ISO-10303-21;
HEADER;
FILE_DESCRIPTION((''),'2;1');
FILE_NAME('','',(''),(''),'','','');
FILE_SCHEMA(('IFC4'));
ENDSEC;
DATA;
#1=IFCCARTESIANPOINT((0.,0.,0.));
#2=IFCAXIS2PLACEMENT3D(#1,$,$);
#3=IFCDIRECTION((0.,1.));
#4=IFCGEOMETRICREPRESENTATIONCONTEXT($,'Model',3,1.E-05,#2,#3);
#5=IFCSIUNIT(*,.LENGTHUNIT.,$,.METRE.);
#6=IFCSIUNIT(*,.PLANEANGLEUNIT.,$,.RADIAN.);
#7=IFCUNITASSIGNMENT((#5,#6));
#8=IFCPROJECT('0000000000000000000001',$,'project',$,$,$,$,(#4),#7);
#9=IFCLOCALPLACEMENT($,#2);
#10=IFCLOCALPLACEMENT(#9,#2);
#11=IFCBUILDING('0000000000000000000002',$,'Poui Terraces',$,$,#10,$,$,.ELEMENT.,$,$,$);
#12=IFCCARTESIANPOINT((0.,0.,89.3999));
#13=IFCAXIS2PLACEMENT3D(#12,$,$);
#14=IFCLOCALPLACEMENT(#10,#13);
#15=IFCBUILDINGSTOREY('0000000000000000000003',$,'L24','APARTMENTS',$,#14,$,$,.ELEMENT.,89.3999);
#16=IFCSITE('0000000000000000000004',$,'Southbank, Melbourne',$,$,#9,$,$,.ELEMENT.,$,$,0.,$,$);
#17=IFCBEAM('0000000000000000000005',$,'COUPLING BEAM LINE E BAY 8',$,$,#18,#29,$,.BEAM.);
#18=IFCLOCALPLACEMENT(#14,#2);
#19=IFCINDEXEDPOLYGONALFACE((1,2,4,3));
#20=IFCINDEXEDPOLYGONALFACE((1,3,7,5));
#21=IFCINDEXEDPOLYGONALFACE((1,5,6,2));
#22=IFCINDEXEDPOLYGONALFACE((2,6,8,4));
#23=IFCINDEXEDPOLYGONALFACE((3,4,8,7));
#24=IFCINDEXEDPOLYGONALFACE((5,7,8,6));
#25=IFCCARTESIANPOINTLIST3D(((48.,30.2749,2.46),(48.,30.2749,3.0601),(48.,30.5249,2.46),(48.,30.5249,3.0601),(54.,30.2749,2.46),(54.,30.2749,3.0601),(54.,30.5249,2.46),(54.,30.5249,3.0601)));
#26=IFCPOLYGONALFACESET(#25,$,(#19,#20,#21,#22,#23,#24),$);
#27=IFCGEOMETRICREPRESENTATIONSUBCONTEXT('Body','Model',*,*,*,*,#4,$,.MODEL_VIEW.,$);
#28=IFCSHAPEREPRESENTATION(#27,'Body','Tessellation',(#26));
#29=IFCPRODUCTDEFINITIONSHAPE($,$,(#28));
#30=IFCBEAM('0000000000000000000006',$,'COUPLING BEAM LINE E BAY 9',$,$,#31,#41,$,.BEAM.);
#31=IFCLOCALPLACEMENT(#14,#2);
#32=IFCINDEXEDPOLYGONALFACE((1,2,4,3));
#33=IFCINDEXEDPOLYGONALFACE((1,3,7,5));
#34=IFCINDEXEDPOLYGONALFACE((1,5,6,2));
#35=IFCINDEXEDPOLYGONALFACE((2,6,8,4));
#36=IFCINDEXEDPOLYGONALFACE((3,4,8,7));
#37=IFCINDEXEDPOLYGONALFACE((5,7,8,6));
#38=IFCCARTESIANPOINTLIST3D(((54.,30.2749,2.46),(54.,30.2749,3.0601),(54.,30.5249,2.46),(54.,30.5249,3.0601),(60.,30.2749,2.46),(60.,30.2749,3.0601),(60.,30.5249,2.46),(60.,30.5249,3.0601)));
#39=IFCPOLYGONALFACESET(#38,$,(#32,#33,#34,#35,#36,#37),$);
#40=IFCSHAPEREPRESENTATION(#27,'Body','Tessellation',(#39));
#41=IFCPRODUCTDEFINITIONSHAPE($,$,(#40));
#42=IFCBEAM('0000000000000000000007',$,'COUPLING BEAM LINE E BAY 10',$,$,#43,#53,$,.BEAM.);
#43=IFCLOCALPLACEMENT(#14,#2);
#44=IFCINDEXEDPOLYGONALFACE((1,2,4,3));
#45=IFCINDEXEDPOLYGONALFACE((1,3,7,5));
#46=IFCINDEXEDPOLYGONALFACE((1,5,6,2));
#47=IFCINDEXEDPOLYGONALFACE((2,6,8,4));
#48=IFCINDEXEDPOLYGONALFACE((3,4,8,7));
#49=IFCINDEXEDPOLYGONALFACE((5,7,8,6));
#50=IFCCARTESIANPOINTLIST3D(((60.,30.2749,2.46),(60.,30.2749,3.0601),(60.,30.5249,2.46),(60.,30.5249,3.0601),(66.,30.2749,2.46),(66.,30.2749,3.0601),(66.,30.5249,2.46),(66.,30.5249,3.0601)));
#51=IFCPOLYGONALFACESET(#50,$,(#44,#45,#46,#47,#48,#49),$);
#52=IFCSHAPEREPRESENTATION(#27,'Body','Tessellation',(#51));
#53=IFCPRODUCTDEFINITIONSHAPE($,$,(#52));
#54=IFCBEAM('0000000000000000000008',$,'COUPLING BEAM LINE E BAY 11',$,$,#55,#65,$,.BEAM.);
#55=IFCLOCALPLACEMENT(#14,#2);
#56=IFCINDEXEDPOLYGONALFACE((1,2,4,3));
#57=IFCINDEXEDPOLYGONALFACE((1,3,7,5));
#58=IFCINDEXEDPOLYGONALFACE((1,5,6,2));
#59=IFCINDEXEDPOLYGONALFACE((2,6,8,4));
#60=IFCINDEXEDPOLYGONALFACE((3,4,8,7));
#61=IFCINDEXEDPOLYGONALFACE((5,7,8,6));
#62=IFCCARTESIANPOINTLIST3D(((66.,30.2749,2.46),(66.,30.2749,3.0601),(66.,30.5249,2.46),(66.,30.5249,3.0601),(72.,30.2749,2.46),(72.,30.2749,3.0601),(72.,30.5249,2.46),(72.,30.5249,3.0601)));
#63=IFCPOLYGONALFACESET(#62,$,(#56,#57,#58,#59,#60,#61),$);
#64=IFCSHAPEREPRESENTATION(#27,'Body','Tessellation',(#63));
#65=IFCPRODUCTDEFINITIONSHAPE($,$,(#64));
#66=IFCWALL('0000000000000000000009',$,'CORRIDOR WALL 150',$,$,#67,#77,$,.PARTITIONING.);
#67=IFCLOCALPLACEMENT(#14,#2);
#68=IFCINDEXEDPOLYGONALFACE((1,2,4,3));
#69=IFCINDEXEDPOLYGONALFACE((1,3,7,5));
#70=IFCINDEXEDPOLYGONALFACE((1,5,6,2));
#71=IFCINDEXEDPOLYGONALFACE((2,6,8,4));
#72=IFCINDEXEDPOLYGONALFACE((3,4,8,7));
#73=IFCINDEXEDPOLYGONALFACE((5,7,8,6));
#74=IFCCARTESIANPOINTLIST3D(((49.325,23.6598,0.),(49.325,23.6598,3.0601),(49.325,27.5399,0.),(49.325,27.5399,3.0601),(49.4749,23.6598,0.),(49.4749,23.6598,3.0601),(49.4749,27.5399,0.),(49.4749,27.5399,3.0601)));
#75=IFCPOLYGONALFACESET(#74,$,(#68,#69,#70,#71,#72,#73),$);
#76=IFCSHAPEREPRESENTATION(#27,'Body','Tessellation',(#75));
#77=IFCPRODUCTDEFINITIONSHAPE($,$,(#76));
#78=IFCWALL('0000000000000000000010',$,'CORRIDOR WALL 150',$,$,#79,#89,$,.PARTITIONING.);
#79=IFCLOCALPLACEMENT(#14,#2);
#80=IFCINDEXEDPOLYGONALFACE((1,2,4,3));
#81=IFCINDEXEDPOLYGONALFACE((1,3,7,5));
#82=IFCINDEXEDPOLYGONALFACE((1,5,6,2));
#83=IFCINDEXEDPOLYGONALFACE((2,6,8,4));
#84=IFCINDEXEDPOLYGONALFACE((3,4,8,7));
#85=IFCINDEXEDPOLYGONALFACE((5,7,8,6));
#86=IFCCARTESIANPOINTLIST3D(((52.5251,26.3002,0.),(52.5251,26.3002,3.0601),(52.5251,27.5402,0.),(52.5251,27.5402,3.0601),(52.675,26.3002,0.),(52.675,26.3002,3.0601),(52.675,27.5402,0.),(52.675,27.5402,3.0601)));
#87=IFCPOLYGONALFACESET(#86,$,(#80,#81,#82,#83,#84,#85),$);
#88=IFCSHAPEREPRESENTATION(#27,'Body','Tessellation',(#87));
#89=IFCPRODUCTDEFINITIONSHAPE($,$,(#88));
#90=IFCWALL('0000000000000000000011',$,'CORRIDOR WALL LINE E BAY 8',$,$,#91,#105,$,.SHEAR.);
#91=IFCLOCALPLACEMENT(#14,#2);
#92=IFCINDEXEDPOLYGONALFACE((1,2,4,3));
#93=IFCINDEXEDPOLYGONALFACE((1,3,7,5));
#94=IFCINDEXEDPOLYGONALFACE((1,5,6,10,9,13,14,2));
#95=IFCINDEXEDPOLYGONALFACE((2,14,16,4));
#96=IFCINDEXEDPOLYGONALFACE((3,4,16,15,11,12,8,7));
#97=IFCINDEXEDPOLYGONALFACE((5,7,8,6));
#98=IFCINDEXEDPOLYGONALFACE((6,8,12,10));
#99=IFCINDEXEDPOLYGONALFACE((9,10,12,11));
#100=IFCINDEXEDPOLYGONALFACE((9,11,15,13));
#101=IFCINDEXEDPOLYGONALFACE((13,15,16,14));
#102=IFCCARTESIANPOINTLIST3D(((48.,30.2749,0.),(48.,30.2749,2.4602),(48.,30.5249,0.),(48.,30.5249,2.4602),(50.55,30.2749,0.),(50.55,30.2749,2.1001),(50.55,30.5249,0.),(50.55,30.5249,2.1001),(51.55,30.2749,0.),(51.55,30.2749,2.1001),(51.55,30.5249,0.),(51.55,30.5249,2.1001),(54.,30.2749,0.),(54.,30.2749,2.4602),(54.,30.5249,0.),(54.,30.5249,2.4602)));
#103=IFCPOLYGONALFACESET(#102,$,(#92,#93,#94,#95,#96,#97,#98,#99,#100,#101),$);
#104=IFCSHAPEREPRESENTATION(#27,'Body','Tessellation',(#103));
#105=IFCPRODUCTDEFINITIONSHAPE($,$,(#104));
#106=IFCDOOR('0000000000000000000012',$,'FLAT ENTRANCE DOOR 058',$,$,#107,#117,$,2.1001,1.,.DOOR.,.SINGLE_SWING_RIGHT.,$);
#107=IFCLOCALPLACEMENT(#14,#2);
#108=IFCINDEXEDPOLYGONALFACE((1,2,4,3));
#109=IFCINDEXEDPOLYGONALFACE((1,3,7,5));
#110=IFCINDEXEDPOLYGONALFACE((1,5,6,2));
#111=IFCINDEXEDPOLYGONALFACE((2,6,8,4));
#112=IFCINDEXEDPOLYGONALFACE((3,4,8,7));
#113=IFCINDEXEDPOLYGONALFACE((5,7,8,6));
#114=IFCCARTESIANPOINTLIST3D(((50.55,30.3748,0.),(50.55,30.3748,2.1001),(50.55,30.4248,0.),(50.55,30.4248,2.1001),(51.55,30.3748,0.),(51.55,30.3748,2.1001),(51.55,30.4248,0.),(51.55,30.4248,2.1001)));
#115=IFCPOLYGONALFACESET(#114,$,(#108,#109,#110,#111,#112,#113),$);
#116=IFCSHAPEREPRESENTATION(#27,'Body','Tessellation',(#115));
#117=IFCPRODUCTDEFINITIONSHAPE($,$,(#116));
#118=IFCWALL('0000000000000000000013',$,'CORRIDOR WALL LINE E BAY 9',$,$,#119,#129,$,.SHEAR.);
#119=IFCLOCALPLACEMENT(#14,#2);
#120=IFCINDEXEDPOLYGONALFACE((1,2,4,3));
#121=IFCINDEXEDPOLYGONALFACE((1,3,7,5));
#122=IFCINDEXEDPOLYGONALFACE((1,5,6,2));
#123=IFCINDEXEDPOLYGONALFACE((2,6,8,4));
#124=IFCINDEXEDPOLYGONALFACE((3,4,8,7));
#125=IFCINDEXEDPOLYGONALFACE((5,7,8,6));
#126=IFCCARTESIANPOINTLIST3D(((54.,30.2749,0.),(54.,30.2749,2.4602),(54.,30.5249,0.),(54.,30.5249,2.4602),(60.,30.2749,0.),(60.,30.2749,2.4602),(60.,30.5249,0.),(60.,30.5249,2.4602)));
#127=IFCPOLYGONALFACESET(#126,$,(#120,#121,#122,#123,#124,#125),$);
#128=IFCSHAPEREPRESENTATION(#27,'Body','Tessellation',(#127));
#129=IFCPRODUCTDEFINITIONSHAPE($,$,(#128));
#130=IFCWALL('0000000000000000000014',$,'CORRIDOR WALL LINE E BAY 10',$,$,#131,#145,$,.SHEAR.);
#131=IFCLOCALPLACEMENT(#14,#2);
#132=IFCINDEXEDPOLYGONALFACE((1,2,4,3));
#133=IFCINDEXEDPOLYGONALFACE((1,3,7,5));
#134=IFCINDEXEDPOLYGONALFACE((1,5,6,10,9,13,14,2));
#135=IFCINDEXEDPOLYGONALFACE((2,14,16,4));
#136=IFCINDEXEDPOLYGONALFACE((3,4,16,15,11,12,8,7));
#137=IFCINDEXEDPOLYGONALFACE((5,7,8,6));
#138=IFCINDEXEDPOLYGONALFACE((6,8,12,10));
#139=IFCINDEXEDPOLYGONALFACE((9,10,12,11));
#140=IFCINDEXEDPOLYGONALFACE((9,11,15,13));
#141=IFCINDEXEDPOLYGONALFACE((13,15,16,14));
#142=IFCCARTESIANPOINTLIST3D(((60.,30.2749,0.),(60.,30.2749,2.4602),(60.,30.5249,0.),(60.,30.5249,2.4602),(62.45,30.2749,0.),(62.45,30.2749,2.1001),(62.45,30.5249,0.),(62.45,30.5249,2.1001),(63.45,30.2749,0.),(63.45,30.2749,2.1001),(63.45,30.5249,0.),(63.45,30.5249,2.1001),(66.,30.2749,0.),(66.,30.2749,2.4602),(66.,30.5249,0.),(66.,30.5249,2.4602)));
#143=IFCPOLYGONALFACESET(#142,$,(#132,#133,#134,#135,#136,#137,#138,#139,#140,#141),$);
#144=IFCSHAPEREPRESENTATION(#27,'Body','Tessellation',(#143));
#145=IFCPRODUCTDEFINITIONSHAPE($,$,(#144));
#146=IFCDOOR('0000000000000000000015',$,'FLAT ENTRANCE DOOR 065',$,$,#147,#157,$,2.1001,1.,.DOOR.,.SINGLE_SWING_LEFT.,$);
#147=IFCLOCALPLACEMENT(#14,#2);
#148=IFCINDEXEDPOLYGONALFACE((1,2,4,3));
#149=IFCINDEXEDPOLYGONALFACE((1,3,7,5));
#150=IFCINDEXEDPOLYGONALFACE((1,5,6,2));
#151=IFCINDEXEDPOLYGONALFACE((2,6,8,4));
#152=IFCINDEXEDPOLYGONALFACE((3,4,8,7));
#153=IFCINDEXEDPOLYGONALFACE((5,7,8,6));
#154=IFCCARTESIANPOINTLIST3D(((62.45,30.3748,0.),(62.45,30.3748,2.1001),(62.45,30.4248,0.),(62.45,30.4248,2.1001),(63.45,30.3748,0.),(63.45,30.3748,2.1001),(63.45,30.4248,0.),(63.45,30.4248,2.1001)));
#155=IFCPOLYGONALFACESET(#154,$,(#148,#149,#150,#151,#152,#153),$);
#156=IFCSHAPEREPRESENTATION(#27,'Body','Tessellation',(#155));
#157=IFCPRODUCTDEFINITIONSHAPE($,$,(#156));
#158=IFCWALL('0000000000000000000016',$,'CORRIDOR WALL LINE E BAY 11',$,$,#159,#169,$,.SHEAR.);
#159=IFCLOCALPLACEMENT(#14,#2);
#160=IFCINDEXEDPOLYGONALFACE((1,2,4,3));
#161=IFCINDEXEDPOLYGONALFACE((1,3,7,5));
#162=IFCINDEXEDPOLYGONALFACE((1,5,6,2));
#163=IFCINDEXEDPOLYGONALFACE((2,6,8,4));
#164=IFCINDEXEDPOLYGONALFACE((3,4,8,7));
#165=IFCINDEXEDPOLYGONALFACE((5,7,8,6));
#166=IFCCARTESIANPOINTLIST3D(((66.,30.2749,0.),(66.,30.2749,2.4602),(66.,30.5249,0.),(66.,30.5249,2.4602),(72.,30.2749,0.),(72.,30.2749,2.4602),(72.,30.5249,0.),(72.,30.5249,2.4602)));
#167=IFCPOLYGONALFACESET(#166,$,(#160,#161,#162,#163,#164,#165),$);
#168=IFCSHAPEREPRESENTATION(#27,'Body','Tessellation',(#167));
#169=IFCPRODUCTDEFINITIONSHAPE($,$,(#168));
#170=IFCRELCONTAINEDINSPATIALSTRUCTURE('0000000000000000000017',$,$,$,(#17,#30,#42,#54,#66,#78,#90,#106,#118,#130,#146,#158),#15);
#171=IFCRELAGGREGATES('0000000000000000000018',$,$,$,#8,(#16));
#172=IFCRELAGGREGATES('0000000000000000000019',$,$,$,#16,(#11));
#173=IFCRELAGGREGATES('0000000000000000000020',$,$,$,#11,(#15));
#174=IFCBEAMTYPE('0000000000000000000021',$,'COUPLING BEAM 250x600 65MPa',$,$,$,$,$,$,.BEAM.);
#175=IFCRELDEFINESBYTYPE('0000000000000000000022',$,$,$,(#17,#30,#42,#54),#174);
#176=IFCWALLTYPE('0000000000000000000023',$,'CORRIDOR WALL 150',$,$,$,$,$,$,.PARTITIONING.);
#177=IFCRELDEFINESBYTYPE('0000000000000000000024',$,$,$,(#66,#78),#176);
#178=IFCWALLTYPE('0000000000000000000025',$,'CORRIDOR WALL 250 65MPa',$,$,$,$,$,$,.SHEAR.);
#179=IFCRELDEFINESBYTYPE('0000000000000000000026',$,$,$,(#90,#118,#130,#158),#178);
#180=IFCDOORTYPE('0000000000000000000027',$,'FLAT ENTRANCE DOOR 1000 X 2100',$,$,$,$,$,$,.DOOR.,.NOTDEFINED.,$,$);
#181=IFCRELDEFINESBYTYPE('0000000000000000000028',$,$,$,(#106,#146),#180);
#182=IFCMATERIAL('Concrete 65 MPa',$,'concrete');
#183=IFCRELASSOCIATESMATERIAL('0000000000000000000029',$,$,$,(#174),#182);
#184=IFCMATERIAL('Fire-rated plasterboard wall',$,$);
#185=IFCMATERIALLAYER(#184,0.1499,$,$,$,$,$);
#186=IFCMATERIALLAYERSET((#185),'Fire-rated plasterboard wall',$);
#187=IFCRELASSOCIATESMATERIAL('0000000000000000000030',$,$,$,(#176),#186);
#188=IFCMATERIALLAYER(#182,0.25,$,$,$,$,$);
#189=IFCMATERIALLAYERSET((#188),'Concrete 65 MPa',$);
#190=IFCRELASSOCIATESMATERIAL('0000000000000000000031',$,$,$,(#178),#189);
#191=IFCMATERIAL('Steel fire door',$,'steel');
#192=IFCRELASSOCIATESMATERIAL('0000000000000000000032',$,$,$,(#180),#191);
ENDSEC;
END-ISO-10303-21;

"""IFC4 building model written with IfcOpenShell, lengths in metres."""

from ifc_helpers import new_model, si_unit, direction, frame, frame_2d, origin, origin_2d, place, context, subcontext, project, spatial, rectangle, extrude, source, transform, mapped, material, layer, layer_set, material_profile, profile_set, type_object, element, fill, save


model = new_model("IFC4")

# Units and contexts
model_context = context("Model", 3, precision=1e-05, world=origin(), true_north=direction((0.0, 1.0)))
body_context = subcontext(model_context, "Body", "Model", "MODEL_VIEW")
ifc_project = project(units=[si_unit("LENGTHUNIT", "METRE"), si_unit("PLANEANGLEUNIT", "RADIAN")], contexts=[model_context])

# Site, building, storey
site_placement = place(None, origin())
site = spatial("IfcSite", under=ifc_project, at=site_placement, Name="Southbank, Melbourne", CompositionType="ELEMENT", RefElevation=0.0)
building_placement = place(site_placement, origin())
building = spatial("IfcBuilding", under=site, at=building_placement, Name="Poui Terraces", CompositionType="ELEMENT")
storey_placement = place(building_placement, frame((0.0, 0.0, 89.3999)))
storey = spatial("IfcBuildingStorey", under=building, at=storey_placement, Name="L24", Description="APARTMENTS", CompositionType="ELEMENT", Elevation=89.3999)

# Beams
ifc_material_1 = material(Name="Concrete 65 MPa", Category="concrete")
ifc_material_profile = material_profile(ifc_material_1, rectangle(XDim=0.25, YDim=0.6001, at=origin_2d()), Name="RC 250x600")
ifc_profile_set = profile_set([ifc_material_profile], Name="Concrete 65 MPa")
beam_type = type_object("IfcBeamType", Name="COUPLING BEAM 250x600 65MPa", PredefinedType="BEAM", material=ifc_profile_set)
shared_shape = source(origin(), body_context, "Body", "SweptSolid", [
    extrude(rectangle(XDim=0.25, YDim=0.6001, at=origin_2d()), origin(), (0.0, 0.0, 1.0), 6.0),
])
for number, where, z_axis, x_axis, name in (
    (1, (48.0, 30.3999, 2.76), (1.0, 0.0, 0.0), (0.0, 1.0, 0.0), "COUPLING BEAM LINE E BAY 8"),
    (2, (54.0, 30.3999, 2.76), (1.0, 0.0, 0.0), (0.0, 1.0, 0.0), "COUPLING BEAM LINE E BAY 9"),
    (3, (60.0, 30.3999, 2.76), (1.0, 0.0, 0.0), (0.0, 1.0, 0.0), "COUPLING BEAM LINE E BAY 10"),
    (4, (66.0, 30.3999, 2.76), (1.0, 0.0, 0.0), (0.0, 1.0, 0.0), "COUPLING BEAM LINE E BAY 11"),
):
    element("IfcBeam", number, at=place(storey_placement, frame(where, z_axis=z_axis, x_axis=x_axis)), inside=storey, type_object=beam_type, Name=name, PredefinedType="BEAM", context=body_context, shape_type="MappedRepresentation", body=[
        mapped(shared_shape, transform((0.0, 0.0, 0.0))),
    ])

# Walls
ifc_material_2 = material(Name="Fire-rated plasterboard wall")
ifc_layer_1 = layer(ifc_material_2, 0.1499)
ifc_layer_set_1 = layer_set([ifc_layer_1], Name="Fire-rated plasterboard wall")
wall_type_1 = type_object("IfcWallType", Name="CORRIDOR WALL 150", PredefinedType="PARTITIONING", material=ifc_layer_set_1)
wall_1_placement = place(storey_placement, frame((49.3999, 23.6599, 0.0), z_axis=(0.0, 0.0, 1.0), x_axis=(0.0, 1.0, 0.0)))
element("IfcWall", 5, at=wall_1_placement, inside=storey, type_object=wall_type_1, Name="CORRIDOR WALL 150", PredefinedType="PARTITIONING", context=body_context, shape_type="SweptSolid", body=[
    extrude(rectangle(XDim=3.8801, YDim=0.1499, at=frame_2d((1.9399, 0.0))), origin(), (0.0, 0.0, 1.0), 3.0601),
])
wall_2_placement = place(storey_placement, frame((52.6001, 26.3, 0.0), z_axis=(0.0, 0.0, 1.0), x_axis=(0.0, 1.0, 0.0)))
element("IfcWall", 6, at=wall_2_placement, inside=storey, type_object=wall_type_1, Name="CORRIDOR WALL 150", PredefinedType="PARTITIONING", context=body_context, shape_type="SweptSolid", body=[
    extrude(rectangle(XDim=1.24, YDim=0.1499, at=frame_2d((0.6201, 0.0))), origin(), (0.0, 0.0, 1.0), 3.0601),
])

# Wall, opening, door
ifc_layer_2 = layer(ifc_material_1, 0.25)
ifc_layer_set_2 = layer_set([ifc_layer_2], Name="Concrete 65 MPa")
wall_type_2 = type_object("IfcWallType", Name="CORRIDOR WALL 250 65MPa", PredefinedType="SHEAR", material=ifc_layer_set_2)
wall_3_placement = place(storey_placement, frame((48.0, 30.3999, 0.0), z_axis=(0.0, 0.0, 1.0), x_axis=(1.0, 0.0, 0.0)))
wall_3 = element("IfcWall", 7, at=wall_3_placement, inside=storey, type_object=wall_type_2, Name="CORRIDOR WALL LINE E BAY 8", PredefinedType="SHEAR", context=body_context, shape_type="SweptSolid", body=[
    extrude(rectangle(XDim=6.0, YDim=0.25, at=frame_2d((3.0, 0.0))), origin(), (0.0, 0.0, 1.0), 2.4602),
])
opening_1_placement = place(wall_3_placement, frame((2.55, 0.0, 0.0)))
opening_1 = element("IfcOpeningElement", 8, at=opening_1_placement, cuts=wall_3, PredefinedType="OPENING", context=body_context, shape_type="SweptSolid", body=[
    extrude(rectangle(XDim=1.0, YDim=2.1001, at=frame_2d((0.5, 1.05))), frame((0.0, 0.135, 0.0), z_axis=(0.0, -1.0, 0.0), x_axis=(1.0, 0.0, 0.0)), (0.0, 0.0, 1.0), 0.27),
])
ifc_material_3 = material(Name="Steel fire door", Category="steel")
door_type_1 = type_object("IfcDoorType", Name="FLAT ENTRANCE DOOR 1000 X 2100", OperationType="NOTDEFINED", PredefinedType="DOOR", material=ifc_material_3)
door_1_placement = place(opening_1_placement, origin())
door_1 = element("IfcDoor", 9, at=door_1_placement, inside=storey, type_object=door_type_1, Name="FLAT ENTRANCE DOOR 058", OperationType="SINGLE_SWING_RIGHT", OverallHeight=2.1001, OverallWidth=1.0, PredefinedType="DOOR", context=body_context, shape_type="SweptSolid", body=[
    extrude(rectangle(XDim=1.0, YDim=2.1001, at=frame_2d((0.5, 1.05))), frame((0.0, 0.0249, 0.0), z_axis=(0.0, -1.0, 0.0), x_axis=(1.0, 0.0, 0.0)), (0.0, 0.0, 1.0), 0.05),
])
fill(opening_1, door_1)

# Wall
wall_4_placement = place(storey_placement, frame((54.0, 30.3999, 0.0), z_axis=(0.0, 0.0, 1.0), x_axis=(1.0, 0.0, 0.0)))
element("IfcWall", 10, at=wall_4_placement, inside=storey, type_object=wall_type_2, Name="CORRIDOR WALL LINE E BAY 9", PredefinedType="SHEAR", context=body_context, shape_type="SweptSolid", body=[
    extrude(rectangle(XDim=6.0, YDim=0.25, at=frame_2d((3.0, 0.0))), origin(), (0.0, 0.0, 1.0), 2.4602),
])

# Wall, opening, door
wall_5_placement = place(storey_placement, frame((60.0, 30.3999, 0.0), z_axis=(0.0, 0.0, 1.0), x_axis=(1.0, 0.0, 0.0)))
wall_5 = element("IfcWall", 11, at=wall_5_placement, inside=storey, type_object=wall_type_2, Name="CORRIDOR WALL LINE E BAY 10", PredefinedType="SHEAR", context=body_context, shape_type="SweptSolid", body=[
    extrude(rectangle(XDim=6.0, YDim=0.25, at=frame_2d((3.0, 0.0))), origin(), (0.0, 0.0, 1.0), 2.4602),
])
opening_2_placement = place(wall_5_placement, frame((2.45, 0.0, 0.0)))
opening_2 = element("IfcOpeningElement", 12, at=opening_2_placement, cuts=wall_5, PredefinedType="OPENING", context=body_context, shape_type="SweptSolid", body=[
    extrude(rectangle(XDim=1.0, YDim=2.1001, at=frame_2d((0.5, 1.05))), frame((0.0, 0.135, 0.0), z_axis=(0.0, -1.0, 0.0), x_axis=(1.0, 0.0, 0.0)), (0.0, 0.0, 1.0), 0.27),
])
door_2_placement = place(opening_2_placement, origin())
door_2 = element("IfcDoor", 13, at=door_2_placement, inside=storey, type_object=door_type_1, Name="FLAT ENTRANCE DOOR 065", OperationType="SINGLE_SWING_LEFT", OverallHeight=2.1001, OverallWidth=1.0, PredefinedType="DOOR", context=body_context, shape_type="SweptSolid", body=[
    extrude(rectangle(XDim=1.0, YDim=2.1001, at=frame_2d((0.5, 1.05))), frame((0.0, 0.0249, 0.0), z_axis=(0.0, -1.0, 0.0), x_axis=(1.0, 0.0, 0.0)), (0.0, 0.0, 1.0), 0.05),
])
fill(opening_2, door_2)

# Wall
wall_6_placement = place(storey_placement, frame((66.0, 30.3999, 0.0), z_axis=(0.0, 0.0, 1.0), x_axis=(1.0, 0.0, 0.0)))
element("IfcWall", 14, at=wall_6_placement, inside=storey, type_object=wall_type_2, Name="CORRIDOR WALL LINE E BAY 11", PredefinedType="SHEAR", context=body_context, shape_type="SweptSolid", body=[
    extrude(rectangle(XDim=6.0, YDim=0.25, at=frame_2d((3.0, 0.0))), origin(), (0.0, 0.0, 1.0), 2.4602),
])

save(model, "model.ifc")
